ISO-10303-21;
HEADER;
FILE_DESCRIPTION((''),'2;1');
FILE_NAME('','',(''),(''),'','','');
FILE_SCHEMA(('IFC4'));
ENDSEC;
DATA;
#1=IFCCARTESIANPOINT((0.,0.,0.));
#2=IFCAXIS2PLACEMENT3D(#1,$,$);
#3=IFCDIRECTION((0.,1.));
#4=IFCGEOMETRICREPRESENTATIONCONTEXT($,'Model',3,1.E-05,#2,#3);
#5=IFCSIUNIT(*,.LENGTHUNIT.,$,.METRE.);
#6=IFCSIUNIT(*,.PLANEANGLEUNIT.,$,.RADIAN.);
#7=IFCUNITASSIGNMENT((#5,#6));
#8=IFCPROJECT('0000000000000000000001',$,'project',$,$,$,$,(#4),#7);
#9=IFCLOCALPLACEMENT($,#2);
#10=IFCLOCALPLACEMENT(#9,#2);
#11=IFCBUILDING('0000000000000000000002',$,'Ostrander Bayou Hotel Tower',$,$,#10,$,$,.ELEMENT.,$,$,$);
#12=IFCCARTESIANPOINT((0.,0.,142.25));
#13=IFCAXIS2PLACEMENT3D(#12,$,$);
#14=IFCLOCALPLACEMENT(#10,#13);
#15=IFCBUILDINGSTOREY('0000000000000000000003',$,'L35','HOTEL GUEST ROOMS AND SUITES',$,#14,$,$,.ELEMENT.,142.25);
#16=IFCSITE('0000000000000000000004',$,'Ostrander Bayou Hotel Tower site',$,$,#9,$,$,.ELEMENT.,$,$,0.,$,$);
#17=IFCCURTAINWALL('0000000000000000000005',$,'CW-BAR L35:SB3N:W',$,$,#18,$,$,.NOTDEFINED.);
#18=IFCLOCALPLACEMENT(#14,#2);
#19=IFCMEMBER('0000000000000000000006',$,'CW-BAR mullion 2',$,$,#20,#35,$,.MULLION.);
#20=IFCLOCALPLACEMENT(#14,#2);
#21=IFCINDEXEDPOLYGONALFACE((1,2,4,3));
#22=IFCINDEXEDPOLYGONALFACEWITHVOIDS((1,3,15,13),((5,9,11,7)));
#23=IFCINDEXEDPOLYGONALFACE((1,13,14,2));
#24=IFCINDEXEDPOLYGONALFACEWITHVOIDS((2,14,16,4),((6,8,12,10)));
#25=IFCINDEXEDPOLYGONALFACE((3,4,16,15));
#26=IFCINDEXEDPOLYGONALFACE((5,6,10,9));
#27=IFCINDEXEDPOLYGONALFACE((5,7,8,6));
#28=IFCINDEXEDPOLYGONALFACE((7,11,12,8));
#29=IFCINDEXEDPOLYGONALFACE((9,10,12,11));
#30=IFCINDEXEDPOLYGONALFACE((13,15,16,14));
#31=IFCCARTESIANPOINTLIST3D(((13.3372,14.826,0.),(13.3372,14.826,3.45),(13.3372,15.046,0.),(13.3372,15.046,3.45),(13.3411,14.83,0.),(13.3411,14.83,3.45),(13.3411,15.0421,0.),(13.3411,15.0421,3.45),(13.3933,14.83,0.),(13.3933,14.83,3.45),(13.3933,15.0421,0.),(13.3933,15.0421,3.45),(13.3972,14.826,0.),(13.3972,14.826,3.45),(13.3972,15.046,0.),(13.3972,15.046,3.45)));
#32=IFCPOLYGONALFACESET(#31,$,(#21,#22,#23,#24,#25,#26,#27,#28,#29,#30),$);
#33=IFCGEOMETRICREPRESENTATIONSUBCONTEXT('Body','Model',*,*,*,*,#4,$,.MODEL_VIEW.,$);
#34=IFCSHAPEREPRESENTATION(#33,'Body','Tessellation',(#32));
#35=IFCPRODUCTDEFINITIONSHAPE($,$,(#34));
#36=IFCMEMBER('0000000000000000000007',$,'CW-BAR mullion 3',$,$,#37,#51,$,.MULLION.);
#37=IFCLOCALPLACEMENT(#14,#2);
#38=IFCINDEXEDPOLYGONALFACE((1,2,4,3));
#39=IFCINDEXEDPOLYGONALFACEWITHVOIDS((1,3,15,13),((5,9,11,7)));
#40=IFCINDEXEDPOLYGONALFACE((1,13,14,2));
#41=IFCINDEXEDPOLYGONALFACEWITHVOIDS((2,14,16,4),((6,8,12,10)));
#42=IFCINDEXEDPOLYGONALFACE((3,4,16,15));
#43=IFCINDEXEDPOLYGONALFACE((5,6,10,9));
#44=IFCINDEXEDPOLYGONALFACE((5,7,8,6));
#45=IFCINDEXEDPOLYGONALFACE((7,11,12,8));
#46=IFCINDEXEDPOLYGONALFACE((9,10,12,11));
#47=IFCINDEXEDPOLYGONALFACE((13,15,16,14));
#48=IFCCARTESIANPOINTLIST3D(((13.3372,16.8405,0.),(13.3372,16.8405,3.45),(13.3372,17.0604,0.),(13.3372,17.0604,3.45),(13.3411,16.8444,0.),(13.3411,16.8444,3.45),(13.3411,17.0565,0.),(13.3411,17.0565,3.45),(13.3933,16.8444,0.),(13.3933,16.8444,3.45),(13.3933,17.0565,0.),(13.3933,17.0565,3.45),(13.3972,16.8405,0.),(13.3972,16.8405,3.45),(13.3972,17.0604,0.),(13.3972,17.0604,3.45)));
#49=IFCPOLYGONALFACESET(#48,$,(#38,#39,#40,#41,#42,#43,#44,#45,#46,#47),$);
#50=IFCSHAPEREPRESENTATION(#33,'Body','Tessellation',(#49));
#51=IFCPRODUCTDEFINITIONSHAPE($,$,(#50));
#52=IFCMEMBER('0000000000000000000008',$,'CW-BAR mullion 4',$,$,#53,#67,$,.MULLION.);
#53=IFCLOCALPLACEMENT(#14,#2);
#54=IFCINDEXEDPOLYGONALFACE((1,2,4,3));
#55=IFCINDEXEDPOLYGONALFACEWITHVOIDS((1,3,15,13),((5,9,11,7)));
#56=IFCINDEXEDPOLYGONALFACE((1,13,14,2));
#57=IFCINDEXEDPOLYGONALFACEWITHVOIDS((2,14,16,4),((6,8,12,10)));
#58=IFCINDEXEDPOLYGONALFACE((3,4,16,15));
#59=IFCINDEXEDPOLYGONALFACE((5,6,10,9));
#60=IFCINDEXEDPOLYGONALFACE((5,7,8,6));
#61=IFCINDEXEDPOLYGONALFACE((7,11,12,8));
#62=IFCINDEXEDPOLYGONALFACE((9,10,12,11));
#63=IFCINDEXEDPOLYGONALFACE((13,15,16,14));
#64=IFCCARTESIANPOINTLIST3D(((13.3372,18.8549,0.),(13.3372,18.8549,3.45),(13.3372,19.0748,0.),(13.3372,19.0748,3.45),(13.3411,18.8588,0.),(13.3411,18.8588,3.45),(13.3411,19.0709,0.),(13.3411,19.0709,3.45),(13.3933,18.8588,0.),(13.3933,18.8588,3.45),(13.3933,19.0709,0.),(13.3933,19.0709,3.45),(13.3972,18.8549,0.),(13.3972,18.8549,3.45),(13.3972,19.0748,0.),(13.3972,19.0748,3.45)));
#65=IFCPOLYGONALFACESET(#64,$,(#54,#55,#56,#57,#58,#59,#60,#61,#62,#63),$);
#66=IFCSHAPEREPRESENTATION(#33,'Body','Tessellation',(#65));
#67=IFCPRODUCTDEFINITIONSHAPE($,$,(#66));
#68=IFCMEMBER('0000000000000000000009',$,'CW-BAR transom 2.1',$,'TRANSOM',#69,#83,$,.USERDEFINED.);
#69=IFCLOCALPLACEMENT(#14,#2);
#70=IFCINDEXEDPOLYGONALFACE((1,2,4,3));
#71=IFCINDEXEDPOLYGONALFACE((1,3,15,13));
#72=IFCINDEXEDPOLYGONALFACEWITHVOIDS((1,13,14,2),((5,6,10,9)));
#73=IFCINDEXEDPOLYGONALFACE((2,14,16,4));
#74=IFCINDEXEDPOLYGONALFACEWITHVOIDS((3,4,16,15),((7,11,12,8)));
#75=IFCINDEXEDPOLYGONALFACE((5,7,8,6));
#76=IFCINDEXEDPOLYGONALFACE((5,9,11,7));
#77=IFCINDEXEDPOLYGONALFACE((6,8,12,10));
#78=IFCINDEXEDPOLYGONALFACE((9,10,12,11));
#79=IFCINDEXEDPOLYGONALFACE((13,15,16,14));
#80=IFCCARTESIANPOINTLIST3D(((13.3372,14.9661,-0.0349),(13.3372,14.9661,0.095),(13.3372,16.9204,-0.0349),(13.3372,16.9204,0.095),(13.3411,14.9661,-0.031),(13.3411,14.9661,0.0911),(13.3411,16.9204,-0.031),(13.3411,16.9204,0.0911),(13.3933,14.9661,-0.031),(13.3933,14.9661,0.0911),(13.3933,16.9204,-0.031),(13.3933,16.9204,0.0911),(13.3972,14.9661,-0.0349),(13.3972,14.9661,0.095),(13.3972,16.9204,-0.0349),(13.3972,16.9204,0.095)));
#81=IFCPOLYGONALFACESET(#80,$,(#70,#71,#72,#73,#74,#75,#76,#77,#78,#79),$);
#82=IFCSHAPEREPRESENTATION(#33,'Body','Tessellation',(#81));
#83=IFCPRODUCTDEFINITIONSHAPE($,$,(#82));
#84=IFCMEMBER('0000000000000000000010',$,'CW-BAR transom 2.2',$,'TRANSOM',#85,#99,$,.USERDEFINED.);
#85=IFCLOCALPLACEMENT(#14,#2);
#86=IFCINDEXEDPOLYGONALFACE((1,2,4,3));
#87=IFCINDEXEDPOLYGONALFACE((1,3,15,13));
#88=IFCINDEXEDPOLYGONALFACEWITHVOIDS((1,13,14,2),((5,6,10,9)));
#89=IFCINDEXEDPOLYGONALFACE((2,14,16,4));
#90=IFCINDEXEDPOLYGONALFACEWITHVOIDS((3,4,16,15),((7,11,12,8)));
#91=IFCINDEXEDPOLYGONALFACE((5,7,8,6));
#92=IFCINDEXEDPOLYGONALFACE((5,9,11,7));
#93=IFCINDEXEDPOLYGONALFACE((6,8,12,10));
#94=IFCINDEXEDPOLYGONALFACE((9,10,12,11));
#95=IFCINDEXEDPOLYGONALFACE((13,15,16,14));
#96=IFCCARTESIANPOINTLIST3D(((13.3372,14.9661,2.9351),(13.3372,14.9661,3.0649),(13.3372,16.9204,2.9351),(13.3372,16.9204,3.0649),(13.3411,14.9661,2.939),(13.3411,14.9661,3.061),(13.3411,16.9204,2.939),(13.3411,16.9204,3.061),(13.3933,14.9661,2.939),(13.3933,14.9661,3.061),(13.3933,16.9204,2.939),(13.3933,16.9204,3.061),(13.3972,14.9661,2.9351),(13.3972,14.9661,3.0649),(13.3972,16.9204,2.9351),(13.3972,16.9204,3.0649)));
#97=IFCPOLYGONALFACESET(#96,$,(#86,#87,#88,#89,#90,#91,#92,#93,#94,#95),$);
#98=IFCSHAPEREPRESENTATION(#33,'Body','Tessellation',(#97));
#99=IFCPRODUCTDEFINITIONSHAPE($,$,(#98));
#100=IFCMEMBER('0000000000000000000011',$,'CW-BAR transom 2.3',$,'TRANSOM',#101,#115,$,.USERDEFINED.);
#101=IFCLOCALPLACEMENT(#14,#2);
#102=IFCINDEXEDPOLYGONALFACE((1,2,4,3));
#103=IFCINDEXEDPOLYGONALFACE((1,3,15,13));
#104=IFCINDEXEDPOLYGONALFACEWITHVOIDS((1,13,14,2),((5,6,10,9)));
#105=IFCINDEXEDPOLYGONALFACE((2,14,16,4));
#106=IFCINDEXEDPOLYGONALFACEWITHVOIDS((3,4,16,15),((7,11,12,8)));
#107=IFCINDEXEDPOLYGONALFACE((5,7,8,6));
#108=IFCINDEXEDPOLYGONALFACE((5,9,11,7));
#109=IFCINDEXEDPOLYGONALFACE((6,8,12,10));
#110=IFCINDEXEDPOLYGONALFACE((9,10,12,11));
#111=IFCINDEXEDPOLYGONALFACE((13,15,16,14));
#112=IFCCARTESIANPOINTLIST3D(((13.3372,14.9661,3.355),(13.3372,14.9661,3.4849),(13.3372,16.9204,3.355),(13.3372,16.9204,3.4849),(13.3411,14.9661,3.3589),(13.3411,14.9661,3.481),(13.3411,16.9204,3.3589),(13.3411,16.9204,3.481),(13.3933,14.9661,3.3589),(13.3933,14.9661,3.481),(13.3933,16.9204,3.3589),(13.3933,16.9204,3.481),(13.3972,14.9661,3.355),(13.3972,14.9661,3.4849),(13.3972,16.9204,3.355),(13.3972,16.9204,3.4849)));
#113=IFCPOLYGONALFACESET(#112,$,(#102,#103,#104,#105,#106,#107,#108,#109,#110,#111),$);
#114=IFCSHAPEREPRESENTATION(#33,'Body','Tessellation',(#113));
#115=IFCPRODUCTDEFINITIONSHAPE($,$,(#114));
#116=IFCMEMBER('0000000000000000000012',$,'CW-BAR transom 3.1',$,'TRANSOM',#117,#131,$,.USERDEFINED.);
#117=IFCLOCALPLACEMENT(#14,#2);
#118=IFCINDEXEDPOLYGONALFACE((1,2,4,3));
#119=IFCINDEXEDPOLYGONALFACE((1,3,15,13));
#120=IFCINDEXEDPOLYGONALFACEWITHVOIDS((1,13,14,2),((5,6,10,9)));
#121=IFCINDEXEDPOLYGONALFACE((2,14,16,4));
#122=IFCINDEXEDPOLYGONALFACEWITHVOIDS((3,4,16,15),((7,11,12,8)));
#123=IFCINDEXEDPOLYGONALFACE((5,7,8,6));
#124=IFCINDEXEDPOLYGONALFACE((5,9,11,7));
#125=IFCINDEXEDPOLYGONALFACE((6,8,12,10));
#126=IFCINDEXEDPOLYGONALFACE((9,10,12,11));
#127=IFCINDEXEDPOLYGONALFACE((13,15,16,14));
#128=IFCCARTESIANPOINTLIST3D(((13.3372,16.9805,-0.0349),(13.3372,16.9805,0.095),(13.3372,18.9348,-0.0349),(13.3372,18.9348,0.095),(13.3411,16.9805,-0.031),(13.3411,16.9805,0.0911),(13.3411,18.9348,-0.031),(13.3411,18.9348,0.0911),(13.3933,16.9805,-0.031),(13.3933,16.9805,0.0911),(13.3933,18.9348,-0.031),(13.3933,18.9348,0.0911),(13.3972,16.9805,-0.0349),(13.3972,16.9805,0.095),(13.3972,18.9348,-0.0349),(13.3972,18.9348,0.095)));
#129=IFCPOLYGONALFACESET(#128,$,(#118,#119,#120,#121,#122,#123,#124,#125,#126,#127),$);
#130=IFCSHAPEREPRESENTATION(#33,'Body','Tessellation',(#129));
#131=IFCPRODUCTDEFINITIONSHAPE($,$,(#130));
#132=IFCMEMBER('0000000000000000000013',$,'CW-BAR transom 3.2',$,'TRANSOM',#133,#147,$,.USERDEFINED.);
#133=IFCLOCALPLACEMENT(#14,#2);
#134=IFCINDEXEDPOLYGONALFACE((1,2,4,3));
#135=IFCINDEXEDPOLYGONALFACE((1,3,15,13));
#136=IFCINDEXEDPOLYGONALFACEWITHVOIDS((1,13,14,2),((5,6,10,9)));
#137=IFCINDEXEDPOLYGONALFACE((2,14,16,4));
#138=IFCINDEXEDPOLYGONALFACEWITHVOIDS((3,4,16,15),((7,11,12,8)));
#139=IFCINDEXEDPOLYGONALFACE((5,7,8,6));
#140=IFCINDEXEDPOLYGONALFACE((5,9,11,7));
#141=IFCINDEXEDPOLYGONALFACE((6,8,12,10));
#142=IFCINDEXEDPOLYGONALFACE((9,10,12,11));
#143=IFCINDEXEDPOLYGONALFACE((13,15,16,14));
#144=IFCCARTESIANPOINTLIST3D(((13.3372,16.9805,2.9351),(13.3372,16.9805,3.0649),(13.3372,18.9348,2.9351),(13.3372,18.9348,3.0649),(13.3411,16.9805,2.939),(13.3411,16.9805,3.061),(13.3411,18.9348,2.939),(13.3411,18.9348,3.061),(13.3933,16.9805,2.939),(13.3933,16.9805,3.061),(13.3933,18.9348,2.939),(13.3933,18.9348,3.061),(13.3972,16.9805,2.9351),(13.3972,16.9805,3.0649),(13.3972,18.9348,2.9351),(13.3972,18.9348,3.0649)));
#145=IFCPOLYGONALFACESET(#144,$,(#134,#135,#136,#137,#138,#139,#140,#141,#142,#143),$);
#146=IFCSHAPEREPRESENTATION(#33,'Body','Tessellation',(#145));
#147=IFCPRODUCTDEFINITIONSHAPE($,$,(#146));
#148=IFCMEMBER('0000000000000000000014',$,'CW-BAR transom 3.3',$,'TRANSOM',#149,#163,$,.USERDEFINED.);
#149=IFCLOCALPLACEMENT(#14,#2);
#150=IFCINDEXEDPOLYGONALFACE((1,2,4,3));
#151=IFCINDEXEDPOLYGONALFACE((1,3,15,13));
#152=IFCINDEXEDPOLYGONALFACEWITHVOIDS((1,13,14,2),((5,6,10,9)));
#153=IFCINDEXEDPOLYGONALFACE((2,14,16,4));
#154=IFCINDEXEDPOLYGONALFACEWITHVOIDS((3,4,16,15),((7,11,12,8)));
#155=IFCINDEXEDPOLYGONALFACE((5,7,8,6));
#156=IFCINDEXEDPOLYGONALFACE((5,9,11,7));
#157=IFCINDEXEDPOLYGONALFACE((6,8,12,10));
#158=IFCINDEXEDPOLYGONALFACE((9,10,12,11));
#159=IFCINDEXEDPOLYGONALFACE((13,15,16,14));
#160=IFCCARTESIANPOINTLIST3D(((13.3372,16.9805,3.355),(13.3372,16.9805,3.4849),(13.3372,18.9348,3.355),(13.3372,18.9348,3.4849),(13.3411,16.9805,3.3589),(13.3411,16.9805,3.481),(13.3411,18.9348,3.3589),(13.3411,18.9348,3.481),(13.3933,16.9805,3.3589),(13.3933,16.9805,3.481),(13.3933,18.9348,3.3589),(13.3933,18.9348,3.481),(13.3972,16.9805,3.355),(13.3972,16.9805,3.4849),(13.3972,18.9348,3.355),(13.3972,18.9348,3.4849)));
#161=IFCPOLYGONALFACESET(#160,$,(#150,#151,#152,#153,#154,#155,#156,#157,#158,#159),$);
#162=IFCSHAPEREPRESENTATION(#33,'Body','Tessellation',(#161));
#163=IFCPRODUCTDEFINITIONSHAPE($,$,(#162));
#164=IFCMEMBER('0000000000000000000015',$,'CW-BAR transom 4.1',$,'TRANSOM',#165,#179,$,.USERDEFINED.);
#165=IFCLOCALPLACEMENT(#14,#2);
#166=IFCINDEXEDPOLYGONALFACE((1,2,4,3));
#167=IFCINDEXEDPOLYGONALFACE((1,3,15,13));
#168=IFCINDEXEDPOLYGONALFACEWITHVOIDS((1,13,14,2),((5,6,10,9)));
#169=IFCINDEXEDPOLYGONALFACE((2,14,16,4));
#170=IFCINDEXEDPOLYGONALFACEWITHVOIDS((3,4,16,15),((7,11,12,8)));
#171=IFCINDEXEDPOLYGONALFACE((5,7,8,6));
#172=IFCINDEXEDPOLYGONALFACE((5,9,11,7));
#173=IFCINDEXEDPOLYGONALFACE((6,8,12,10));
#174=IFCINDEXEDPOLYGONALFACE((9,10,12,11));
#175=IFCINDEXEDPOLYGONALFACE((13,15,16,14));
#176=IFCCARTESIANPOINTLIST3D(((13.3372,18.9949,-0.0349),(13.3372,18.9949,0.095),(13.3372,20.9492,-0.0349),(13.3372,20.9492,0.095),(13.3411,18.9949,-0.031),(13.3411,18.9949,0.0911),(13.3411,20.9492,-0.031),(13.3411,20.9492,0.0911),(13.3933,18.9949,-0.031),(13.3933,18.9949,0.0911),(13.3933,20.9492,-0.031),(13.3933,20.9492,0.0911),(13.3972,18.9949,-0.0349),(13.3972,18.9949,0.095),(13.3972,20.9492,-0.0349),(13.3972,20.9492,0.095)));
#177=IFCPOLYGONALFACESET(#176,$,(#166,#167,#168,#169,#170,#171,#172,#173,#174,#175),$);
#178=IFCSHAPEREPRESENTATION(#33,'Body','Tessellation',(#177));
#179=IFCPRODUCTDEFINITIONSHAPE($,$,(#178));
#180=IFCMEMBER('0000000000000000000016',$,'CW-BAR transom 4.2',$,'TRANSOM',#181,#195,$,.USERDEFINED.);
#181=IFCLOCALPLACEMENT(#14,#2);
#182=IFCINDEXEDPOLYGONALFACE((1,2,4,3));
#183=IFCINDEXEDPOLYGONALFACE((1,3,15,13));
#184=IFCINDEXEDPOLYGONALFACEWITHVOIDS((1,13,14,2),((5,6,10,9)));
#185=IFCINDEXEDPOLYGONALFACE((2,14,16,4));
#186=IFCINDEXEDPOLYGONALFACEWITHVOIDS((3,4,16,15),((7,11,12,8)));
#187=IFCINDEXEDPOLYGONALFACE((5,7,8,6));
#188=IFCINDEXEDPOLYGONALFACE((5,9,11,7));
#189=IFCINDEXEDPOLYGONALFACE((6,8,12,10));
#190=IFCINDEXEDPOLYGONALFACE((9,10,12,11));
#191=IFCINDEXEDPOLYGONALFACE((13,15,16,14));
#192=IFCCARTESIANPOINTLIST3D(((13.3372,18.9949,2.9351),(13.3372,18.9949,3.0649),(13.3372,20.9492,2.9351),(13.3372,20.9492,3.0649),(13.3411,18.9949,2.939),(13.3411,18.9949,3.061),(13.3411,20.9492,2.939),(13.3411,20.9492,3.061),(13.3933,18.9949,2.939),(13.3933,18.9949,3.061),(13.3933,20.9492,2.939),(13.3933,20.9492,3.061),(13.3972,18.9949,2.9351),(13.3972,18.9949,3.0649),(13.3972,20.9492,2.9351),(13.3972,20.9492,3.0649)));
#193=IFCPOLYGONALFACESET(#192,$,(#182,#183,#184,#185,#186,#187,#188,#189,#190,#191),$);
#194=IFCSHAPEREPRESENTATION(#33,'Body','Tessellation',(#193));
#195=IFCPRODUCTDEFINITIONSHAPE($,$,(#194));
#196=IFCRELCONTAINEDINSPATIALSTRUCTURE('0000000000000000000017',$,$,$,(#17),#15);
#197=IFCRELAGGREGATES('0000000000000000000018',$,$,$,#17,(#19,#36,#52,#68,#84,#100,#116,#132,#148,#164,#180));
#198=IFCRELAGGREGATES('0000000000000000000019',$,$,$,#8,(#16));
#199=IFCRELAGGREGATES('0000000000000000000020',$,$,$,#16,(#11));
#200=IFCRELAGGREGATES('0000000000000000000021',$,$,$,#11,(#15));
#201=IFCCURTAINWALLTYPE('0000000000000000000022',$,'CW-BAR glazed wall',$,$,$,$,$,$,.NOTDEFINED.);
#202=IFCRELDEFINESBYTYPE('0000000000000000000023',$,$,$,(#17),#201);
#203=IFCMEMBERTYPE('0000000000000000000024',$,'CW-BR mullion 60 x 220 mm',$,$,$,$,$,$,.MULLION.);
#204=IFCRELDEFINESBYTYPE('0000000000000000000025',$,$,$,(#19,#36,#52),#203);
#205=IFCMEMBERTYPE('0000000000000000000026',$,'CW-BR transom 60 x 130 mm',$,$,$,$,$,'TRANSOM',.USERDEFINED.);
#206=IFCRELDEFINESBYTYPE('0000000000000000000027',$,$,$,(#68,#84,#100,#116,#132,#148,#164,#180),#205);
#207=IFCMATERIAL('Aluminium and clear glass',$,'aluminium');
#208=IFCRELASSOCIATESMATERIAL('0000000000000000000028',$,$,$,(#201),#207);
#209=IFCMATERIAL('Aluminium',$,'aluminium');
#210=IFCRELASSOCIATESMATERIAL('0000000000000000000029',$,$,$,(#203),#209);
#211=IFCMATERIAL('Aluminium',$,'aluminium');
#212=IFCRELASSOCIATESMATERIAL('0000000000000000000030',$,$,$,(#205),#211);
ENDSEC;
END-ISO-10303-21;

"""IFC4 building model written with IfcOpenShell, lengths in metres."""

from ifc_helpers import new_model, si_unit, direction, frame, origin, origin_2d, place, context, subcontext, project, spatial, hollow_rectangle, extrude, material, material_profile, profile_set, type_object, element, aggregate, save


model = new_model("IFC4")

# Units and contexts
model_context = context("Model", 3, precision=1e-05, world=origin(), true_north=direction((0.0, 1.0)))
body_context = subcontext(model_context, "Body", "Model", "MODEL_VIEW")
ifc_project = project(units=[si_unit("LENGTHUNIT", "METRE"), si_unit("PLANEANGLEUNIT", "RADIAN")], contexts=[model_context])

# Site, building, storey
site_placement = place(None, origin())
site = spatial("IfcSite", under=ifc_project, at=site_placement, Name="Ostrander Bayou Hotel Tower site", CompositionType="ELEMENT", RefElevation=0.0)
building_placement = place(site_placement, origin())
building = spatial("IfcBuilding", under=site, at=building_placement, Name="Ostrander Bayou Hotel Tower", CompositionType="ELEMENT")
storey_placement = place(building_placement, frame((0.0, 0.0, 142.25)))
storey = spatial("IfcBuildingStorey", under=building, at=storey_placement, Name="L35", Description="HOTEL GUEST ROOMS AND SUITES", CompositionType="ELEMENT", Elevation=142.25)

# Curtain wall, members
ifc_material_1 = material(Name="Aluminium and clear glass", Category="aluminium")
curtain_wall_type = type_object("IfcCurtainWallType", Name="CW-BAR glazed wall", PredefinedType="NOTDEFINED", material=ifc_material_1)
curtain_wall_placement = place(storey_placement, origin())
curtain_wall = element("IfcCurtainWall", 1, at=curtain_wall_placement, inside=storey, type_object=curtain_wall_type, Name="CW-BAR L35:SB3N:W", PredefinedType="NOTDEFINED")
ifc_material_2 = material(Name="Aluminium", Category="aluminium")
ifc_material_profile_1 = material_profile(ifc_material_2, hollow_rectangle(XDim=0.0601, YDim=0.22, WallThickness=0.0039, at=origin_2d()))
ifc_profile_set_1 = profile_set([ifc_material_profile_1], Name="Aluminium")
member_type_1 = type_object("IfcMemberType", Name="CW-BR mullion 60 x 220 mm", PredefinedType="MULLION", material=ifc_profile_set_1)
member_1_placement = place(storey_placement, frame((13.3672, 14.936, 0.0), z_axis=(0.0, 0.0, 1.0), x_axis=(-1.0, 0.0, 0.0)))
member_1 = element("IfcMember", 2, at=member_1_placement, type_object=member_type_1, Name="CW-BAR mullion 2", PredefinedType="MULLION", context=body_context, shape_type="SweptSolid", body=[
    extrude(hollow_rectangle(XDim=0.0601, YDim=0.22, WallThickness=0.0039, at=origin_2d()), origin(), (0.0, 0.0, 1.0), 3.45),
])
member_2_placement = place(storey_placement, frame((13.3672, 16.9504, 0.0), z_axis=(0.0, 0.0, 1.0), x_axis=(-1.0, 0.0, 0.0)))
member_2 = element("IfcMember", 3, at=member_2_placement, type_object=member_type_1, Name="CW-BAR mullion 3", PredefinedType="MULLION", context=body_context, shape_type="SweptSolid", body=[
    extrude(hollow_rectangle(XDim=0.0601, YDim=0.22, WallThickness=0.0039, at=origin_2d()), origin(), (0.0, 0.0, 1.0), 3.45),
])
member_3_placement = place(storey_placement, frame((13.3672, 18.9648, 0.0), z_axis=(0.0, 0.0, 1.0), x_axis=(-1.0, 0.0, 0.0)))
member_3 = element("IfcMember", 4, at=member_3_placement, type_object=member_type_1, Name="CW-BAR mullion 4", PredefinedType="MULLION", context=body_context, shape_type="SweptSolid", body=[
    extrude(hollow_rectangle(XDim=0.0601, YDim=0.22, WallThickness=0.0039, at=origin_2d()), origin(), (0.0, 0.0, 1.0), 3.45),
])
ifc_material_3 = material(Name="Aluminium", Category="aluminium")
ifc_material_profile_2 = material_profile(ifc_material_3, hollow_rectangle(XDim=0.0601, YDim=0.1299, WallThickness=0.0039, at=origin_2d()))
ifc_profile_set_2 = profile_set([ifc_material_profile_2], Name="Aluminium")
member_type_2 = type_object("IfcMemberType", Name="CW-BR transom 60 x 130 mm", ElementType="TRANSOM", PredefinedType="USERDEFINED", material=ifc_profile_set_2)
member_4_placement = place(storey_placement, frame((13.3672, 14.9661, 0.03), z_axis=(0.0, 1.0, 0.0), x_axis=(-1.0, 0.0, 0.0)))
member_4 = element("IfcMember", 5, at=member_4_placement, type_object=member_type_2, Name="CW-BAR transom 2.1", ObjectType="TRANSOM", PredefinedType="USERDEFINED", context=body_context, shape_type="SweptSolid", body=[
    extrude(hollow_rectangle(XDim=0.0601, YDim=0.1299, WallThickness=0.0039, at=origin_2d()), origin(), (0.0, 0.0, 1.0), 1.9543),
])
member_5_placement = place(storey_placement, frame((13.3672, 14.9661, 3.0), z_axis=(0.0, 1.0, 0.0), x_axis=(-1.0, 0.0, 0.0)))
member_5 = element("IfcMember", 6, at=member_5_placement, type_object=member_type_2, Name="CW-BAR transom 2.2", ObjectType="TRANSOM", PredefinedType="USERDEFINED", context=body_context, shape_type="SweptSolid", body=[
    extrude(hollow_rectangle(XDim=0.0601, YDim=0.1299, WallThickness=0.0039, at=origin_2d()), origin(), (0.0, 0.0, 1.0), 1.9543),
])
member_6_placement = place(storey_placement, frame((13.3672, 14.9661, 3.4199), z_axis=(0.0, 1.0, 0.0), x_axis=(-1.0, 0.0, 0.0)))
member_6 = element("IfcMember", 7, at=member_6_placement, type_object=member_type_2, Name="CW-BAR transom 2.3", ObjectType="TRANSOM", PredefinedType="USERDEFINED", context=body_context, shape_type="SweptSolid", body=[
    extrude(hollow_rectangle(XDim=0.0601, YDim=0.1299, WallThickness=0.0039, at=origin_2d()), origin(), (0.0, 0.0, 1.0), 1.9543),
])
member_7_placement = place(storey_placement, frame((13.3672, 16.9805, 0.03), z_axis=(0.0, 1.0, 0.0), x_axis=(-1.0, 0.0, 0.0)))
member_7 = element("IfcMember", 8, at=member_7_placement, type_object=member_type_2, Name="CW-BAR transom 3.1", ObjectType="TRANSOM", PredefinedType="USERDEFINED", context=body_context, shape_type="SweptSolid", body=[
    extrude(hollow_rectangle(XDim=0.0601, YDim=0.1299, WallThickness=0.0039, at=origin_2d()), origin(), (0.0, 0.0, 1.0), 1.9543),
])
member_8_placement = place(storey_placement, frame((13.3672, 16.9805, 3.0), z_axis=(0.0, 1.0, 0.0), x_axis=(-1.0, 0.0, 0.0)))
member_8 = element("IfcMember", 9, at=member_8_placement, type_object=member_type_2, Name="CW-BAR transom 3.2", ObjectType="TRANSOM", PredefinedType="USERDEFINED", context=body_context, shape_type="SweptSolid", body=[
    extrude(hollow_rectangle(XDim=0.0601, YDim=0.1299, WallThickness=0.0039, at=origin_2d()), origin(), (0.0, 0.0, 1.0), 1.9543),
])
member_9_placement = place(storey_placement, frame((13.3672, 16.9805, 3.4199), z_axis=(0.0, 1.0, 0.0), x_axis=(-1.0, 0.0, 0.0)))
member_9 = element("IfcMember", 10, at=member_9_placement, type_object=member_type_2, Name="CW-BAR transom 3.3", ObjectType="TRANSOM", PredefinedType="USERDEFINED", context=body_context, shape_type="SweptSolid", body=[
    extrude(hollow_rectangle(XDim=0.0601, YDim=0.1299, WallThickness=0.0039, at=origin_2d()), origin(), (0.0, 0.0, 1.0), 1.9543),
])
member_10_placement = place(storey_placement, frame((13.3672, 18.9949, 0.03), z_axis=(0.0, 1.0, 0.0), x_axis=(-1.0, 0.0, 0.0)))
member_10 = element("IfcMember", 11, at=member_10_placement, type_object=member_type_2, Name="CW-BAR transom 4.1", ObjectType="TRANSOM", PredefinedType="USERDEFINED", context=body_context, shape_type="SweptSolid", body=[
    extrude(hollow_rectangle(XDim=0.0601, YDim=0.1299, WallThickness=0.0039, at=origin_2d()), origin(), (0.0, 0.0, 1.0), 1.9543),
])
member_11_placement = place(storey_placement, frame((13.3672, 18.9949, 3.0), z_axis=(0.0, 1.0, 0.0), x_axis=(-1.0, 0.0, 0.0)))
member_11 = element("IfcMember", 12, at=member_11_placement, type_object=member_type_2, Name="CW-BAR transom 4.2", ObjectType="TRANSOM", PredefinedType="USERDEFINED", context=body_context, shape_type="SweptSolid", body=[
    extrude(hollow_rectangle(XDim=0.0601, YDim=0.1299, WallThickness=0.0039, at=origin_2d()), origin(), (0.0, 0.0, 1.0), 1.9543),
])
aggregate(curtain_wall, [member_1, member_2, member_3, member_4, member_5, member_6, member_7, member_8, member_9, member_10, member_11])

save(model, "model.ifc")
